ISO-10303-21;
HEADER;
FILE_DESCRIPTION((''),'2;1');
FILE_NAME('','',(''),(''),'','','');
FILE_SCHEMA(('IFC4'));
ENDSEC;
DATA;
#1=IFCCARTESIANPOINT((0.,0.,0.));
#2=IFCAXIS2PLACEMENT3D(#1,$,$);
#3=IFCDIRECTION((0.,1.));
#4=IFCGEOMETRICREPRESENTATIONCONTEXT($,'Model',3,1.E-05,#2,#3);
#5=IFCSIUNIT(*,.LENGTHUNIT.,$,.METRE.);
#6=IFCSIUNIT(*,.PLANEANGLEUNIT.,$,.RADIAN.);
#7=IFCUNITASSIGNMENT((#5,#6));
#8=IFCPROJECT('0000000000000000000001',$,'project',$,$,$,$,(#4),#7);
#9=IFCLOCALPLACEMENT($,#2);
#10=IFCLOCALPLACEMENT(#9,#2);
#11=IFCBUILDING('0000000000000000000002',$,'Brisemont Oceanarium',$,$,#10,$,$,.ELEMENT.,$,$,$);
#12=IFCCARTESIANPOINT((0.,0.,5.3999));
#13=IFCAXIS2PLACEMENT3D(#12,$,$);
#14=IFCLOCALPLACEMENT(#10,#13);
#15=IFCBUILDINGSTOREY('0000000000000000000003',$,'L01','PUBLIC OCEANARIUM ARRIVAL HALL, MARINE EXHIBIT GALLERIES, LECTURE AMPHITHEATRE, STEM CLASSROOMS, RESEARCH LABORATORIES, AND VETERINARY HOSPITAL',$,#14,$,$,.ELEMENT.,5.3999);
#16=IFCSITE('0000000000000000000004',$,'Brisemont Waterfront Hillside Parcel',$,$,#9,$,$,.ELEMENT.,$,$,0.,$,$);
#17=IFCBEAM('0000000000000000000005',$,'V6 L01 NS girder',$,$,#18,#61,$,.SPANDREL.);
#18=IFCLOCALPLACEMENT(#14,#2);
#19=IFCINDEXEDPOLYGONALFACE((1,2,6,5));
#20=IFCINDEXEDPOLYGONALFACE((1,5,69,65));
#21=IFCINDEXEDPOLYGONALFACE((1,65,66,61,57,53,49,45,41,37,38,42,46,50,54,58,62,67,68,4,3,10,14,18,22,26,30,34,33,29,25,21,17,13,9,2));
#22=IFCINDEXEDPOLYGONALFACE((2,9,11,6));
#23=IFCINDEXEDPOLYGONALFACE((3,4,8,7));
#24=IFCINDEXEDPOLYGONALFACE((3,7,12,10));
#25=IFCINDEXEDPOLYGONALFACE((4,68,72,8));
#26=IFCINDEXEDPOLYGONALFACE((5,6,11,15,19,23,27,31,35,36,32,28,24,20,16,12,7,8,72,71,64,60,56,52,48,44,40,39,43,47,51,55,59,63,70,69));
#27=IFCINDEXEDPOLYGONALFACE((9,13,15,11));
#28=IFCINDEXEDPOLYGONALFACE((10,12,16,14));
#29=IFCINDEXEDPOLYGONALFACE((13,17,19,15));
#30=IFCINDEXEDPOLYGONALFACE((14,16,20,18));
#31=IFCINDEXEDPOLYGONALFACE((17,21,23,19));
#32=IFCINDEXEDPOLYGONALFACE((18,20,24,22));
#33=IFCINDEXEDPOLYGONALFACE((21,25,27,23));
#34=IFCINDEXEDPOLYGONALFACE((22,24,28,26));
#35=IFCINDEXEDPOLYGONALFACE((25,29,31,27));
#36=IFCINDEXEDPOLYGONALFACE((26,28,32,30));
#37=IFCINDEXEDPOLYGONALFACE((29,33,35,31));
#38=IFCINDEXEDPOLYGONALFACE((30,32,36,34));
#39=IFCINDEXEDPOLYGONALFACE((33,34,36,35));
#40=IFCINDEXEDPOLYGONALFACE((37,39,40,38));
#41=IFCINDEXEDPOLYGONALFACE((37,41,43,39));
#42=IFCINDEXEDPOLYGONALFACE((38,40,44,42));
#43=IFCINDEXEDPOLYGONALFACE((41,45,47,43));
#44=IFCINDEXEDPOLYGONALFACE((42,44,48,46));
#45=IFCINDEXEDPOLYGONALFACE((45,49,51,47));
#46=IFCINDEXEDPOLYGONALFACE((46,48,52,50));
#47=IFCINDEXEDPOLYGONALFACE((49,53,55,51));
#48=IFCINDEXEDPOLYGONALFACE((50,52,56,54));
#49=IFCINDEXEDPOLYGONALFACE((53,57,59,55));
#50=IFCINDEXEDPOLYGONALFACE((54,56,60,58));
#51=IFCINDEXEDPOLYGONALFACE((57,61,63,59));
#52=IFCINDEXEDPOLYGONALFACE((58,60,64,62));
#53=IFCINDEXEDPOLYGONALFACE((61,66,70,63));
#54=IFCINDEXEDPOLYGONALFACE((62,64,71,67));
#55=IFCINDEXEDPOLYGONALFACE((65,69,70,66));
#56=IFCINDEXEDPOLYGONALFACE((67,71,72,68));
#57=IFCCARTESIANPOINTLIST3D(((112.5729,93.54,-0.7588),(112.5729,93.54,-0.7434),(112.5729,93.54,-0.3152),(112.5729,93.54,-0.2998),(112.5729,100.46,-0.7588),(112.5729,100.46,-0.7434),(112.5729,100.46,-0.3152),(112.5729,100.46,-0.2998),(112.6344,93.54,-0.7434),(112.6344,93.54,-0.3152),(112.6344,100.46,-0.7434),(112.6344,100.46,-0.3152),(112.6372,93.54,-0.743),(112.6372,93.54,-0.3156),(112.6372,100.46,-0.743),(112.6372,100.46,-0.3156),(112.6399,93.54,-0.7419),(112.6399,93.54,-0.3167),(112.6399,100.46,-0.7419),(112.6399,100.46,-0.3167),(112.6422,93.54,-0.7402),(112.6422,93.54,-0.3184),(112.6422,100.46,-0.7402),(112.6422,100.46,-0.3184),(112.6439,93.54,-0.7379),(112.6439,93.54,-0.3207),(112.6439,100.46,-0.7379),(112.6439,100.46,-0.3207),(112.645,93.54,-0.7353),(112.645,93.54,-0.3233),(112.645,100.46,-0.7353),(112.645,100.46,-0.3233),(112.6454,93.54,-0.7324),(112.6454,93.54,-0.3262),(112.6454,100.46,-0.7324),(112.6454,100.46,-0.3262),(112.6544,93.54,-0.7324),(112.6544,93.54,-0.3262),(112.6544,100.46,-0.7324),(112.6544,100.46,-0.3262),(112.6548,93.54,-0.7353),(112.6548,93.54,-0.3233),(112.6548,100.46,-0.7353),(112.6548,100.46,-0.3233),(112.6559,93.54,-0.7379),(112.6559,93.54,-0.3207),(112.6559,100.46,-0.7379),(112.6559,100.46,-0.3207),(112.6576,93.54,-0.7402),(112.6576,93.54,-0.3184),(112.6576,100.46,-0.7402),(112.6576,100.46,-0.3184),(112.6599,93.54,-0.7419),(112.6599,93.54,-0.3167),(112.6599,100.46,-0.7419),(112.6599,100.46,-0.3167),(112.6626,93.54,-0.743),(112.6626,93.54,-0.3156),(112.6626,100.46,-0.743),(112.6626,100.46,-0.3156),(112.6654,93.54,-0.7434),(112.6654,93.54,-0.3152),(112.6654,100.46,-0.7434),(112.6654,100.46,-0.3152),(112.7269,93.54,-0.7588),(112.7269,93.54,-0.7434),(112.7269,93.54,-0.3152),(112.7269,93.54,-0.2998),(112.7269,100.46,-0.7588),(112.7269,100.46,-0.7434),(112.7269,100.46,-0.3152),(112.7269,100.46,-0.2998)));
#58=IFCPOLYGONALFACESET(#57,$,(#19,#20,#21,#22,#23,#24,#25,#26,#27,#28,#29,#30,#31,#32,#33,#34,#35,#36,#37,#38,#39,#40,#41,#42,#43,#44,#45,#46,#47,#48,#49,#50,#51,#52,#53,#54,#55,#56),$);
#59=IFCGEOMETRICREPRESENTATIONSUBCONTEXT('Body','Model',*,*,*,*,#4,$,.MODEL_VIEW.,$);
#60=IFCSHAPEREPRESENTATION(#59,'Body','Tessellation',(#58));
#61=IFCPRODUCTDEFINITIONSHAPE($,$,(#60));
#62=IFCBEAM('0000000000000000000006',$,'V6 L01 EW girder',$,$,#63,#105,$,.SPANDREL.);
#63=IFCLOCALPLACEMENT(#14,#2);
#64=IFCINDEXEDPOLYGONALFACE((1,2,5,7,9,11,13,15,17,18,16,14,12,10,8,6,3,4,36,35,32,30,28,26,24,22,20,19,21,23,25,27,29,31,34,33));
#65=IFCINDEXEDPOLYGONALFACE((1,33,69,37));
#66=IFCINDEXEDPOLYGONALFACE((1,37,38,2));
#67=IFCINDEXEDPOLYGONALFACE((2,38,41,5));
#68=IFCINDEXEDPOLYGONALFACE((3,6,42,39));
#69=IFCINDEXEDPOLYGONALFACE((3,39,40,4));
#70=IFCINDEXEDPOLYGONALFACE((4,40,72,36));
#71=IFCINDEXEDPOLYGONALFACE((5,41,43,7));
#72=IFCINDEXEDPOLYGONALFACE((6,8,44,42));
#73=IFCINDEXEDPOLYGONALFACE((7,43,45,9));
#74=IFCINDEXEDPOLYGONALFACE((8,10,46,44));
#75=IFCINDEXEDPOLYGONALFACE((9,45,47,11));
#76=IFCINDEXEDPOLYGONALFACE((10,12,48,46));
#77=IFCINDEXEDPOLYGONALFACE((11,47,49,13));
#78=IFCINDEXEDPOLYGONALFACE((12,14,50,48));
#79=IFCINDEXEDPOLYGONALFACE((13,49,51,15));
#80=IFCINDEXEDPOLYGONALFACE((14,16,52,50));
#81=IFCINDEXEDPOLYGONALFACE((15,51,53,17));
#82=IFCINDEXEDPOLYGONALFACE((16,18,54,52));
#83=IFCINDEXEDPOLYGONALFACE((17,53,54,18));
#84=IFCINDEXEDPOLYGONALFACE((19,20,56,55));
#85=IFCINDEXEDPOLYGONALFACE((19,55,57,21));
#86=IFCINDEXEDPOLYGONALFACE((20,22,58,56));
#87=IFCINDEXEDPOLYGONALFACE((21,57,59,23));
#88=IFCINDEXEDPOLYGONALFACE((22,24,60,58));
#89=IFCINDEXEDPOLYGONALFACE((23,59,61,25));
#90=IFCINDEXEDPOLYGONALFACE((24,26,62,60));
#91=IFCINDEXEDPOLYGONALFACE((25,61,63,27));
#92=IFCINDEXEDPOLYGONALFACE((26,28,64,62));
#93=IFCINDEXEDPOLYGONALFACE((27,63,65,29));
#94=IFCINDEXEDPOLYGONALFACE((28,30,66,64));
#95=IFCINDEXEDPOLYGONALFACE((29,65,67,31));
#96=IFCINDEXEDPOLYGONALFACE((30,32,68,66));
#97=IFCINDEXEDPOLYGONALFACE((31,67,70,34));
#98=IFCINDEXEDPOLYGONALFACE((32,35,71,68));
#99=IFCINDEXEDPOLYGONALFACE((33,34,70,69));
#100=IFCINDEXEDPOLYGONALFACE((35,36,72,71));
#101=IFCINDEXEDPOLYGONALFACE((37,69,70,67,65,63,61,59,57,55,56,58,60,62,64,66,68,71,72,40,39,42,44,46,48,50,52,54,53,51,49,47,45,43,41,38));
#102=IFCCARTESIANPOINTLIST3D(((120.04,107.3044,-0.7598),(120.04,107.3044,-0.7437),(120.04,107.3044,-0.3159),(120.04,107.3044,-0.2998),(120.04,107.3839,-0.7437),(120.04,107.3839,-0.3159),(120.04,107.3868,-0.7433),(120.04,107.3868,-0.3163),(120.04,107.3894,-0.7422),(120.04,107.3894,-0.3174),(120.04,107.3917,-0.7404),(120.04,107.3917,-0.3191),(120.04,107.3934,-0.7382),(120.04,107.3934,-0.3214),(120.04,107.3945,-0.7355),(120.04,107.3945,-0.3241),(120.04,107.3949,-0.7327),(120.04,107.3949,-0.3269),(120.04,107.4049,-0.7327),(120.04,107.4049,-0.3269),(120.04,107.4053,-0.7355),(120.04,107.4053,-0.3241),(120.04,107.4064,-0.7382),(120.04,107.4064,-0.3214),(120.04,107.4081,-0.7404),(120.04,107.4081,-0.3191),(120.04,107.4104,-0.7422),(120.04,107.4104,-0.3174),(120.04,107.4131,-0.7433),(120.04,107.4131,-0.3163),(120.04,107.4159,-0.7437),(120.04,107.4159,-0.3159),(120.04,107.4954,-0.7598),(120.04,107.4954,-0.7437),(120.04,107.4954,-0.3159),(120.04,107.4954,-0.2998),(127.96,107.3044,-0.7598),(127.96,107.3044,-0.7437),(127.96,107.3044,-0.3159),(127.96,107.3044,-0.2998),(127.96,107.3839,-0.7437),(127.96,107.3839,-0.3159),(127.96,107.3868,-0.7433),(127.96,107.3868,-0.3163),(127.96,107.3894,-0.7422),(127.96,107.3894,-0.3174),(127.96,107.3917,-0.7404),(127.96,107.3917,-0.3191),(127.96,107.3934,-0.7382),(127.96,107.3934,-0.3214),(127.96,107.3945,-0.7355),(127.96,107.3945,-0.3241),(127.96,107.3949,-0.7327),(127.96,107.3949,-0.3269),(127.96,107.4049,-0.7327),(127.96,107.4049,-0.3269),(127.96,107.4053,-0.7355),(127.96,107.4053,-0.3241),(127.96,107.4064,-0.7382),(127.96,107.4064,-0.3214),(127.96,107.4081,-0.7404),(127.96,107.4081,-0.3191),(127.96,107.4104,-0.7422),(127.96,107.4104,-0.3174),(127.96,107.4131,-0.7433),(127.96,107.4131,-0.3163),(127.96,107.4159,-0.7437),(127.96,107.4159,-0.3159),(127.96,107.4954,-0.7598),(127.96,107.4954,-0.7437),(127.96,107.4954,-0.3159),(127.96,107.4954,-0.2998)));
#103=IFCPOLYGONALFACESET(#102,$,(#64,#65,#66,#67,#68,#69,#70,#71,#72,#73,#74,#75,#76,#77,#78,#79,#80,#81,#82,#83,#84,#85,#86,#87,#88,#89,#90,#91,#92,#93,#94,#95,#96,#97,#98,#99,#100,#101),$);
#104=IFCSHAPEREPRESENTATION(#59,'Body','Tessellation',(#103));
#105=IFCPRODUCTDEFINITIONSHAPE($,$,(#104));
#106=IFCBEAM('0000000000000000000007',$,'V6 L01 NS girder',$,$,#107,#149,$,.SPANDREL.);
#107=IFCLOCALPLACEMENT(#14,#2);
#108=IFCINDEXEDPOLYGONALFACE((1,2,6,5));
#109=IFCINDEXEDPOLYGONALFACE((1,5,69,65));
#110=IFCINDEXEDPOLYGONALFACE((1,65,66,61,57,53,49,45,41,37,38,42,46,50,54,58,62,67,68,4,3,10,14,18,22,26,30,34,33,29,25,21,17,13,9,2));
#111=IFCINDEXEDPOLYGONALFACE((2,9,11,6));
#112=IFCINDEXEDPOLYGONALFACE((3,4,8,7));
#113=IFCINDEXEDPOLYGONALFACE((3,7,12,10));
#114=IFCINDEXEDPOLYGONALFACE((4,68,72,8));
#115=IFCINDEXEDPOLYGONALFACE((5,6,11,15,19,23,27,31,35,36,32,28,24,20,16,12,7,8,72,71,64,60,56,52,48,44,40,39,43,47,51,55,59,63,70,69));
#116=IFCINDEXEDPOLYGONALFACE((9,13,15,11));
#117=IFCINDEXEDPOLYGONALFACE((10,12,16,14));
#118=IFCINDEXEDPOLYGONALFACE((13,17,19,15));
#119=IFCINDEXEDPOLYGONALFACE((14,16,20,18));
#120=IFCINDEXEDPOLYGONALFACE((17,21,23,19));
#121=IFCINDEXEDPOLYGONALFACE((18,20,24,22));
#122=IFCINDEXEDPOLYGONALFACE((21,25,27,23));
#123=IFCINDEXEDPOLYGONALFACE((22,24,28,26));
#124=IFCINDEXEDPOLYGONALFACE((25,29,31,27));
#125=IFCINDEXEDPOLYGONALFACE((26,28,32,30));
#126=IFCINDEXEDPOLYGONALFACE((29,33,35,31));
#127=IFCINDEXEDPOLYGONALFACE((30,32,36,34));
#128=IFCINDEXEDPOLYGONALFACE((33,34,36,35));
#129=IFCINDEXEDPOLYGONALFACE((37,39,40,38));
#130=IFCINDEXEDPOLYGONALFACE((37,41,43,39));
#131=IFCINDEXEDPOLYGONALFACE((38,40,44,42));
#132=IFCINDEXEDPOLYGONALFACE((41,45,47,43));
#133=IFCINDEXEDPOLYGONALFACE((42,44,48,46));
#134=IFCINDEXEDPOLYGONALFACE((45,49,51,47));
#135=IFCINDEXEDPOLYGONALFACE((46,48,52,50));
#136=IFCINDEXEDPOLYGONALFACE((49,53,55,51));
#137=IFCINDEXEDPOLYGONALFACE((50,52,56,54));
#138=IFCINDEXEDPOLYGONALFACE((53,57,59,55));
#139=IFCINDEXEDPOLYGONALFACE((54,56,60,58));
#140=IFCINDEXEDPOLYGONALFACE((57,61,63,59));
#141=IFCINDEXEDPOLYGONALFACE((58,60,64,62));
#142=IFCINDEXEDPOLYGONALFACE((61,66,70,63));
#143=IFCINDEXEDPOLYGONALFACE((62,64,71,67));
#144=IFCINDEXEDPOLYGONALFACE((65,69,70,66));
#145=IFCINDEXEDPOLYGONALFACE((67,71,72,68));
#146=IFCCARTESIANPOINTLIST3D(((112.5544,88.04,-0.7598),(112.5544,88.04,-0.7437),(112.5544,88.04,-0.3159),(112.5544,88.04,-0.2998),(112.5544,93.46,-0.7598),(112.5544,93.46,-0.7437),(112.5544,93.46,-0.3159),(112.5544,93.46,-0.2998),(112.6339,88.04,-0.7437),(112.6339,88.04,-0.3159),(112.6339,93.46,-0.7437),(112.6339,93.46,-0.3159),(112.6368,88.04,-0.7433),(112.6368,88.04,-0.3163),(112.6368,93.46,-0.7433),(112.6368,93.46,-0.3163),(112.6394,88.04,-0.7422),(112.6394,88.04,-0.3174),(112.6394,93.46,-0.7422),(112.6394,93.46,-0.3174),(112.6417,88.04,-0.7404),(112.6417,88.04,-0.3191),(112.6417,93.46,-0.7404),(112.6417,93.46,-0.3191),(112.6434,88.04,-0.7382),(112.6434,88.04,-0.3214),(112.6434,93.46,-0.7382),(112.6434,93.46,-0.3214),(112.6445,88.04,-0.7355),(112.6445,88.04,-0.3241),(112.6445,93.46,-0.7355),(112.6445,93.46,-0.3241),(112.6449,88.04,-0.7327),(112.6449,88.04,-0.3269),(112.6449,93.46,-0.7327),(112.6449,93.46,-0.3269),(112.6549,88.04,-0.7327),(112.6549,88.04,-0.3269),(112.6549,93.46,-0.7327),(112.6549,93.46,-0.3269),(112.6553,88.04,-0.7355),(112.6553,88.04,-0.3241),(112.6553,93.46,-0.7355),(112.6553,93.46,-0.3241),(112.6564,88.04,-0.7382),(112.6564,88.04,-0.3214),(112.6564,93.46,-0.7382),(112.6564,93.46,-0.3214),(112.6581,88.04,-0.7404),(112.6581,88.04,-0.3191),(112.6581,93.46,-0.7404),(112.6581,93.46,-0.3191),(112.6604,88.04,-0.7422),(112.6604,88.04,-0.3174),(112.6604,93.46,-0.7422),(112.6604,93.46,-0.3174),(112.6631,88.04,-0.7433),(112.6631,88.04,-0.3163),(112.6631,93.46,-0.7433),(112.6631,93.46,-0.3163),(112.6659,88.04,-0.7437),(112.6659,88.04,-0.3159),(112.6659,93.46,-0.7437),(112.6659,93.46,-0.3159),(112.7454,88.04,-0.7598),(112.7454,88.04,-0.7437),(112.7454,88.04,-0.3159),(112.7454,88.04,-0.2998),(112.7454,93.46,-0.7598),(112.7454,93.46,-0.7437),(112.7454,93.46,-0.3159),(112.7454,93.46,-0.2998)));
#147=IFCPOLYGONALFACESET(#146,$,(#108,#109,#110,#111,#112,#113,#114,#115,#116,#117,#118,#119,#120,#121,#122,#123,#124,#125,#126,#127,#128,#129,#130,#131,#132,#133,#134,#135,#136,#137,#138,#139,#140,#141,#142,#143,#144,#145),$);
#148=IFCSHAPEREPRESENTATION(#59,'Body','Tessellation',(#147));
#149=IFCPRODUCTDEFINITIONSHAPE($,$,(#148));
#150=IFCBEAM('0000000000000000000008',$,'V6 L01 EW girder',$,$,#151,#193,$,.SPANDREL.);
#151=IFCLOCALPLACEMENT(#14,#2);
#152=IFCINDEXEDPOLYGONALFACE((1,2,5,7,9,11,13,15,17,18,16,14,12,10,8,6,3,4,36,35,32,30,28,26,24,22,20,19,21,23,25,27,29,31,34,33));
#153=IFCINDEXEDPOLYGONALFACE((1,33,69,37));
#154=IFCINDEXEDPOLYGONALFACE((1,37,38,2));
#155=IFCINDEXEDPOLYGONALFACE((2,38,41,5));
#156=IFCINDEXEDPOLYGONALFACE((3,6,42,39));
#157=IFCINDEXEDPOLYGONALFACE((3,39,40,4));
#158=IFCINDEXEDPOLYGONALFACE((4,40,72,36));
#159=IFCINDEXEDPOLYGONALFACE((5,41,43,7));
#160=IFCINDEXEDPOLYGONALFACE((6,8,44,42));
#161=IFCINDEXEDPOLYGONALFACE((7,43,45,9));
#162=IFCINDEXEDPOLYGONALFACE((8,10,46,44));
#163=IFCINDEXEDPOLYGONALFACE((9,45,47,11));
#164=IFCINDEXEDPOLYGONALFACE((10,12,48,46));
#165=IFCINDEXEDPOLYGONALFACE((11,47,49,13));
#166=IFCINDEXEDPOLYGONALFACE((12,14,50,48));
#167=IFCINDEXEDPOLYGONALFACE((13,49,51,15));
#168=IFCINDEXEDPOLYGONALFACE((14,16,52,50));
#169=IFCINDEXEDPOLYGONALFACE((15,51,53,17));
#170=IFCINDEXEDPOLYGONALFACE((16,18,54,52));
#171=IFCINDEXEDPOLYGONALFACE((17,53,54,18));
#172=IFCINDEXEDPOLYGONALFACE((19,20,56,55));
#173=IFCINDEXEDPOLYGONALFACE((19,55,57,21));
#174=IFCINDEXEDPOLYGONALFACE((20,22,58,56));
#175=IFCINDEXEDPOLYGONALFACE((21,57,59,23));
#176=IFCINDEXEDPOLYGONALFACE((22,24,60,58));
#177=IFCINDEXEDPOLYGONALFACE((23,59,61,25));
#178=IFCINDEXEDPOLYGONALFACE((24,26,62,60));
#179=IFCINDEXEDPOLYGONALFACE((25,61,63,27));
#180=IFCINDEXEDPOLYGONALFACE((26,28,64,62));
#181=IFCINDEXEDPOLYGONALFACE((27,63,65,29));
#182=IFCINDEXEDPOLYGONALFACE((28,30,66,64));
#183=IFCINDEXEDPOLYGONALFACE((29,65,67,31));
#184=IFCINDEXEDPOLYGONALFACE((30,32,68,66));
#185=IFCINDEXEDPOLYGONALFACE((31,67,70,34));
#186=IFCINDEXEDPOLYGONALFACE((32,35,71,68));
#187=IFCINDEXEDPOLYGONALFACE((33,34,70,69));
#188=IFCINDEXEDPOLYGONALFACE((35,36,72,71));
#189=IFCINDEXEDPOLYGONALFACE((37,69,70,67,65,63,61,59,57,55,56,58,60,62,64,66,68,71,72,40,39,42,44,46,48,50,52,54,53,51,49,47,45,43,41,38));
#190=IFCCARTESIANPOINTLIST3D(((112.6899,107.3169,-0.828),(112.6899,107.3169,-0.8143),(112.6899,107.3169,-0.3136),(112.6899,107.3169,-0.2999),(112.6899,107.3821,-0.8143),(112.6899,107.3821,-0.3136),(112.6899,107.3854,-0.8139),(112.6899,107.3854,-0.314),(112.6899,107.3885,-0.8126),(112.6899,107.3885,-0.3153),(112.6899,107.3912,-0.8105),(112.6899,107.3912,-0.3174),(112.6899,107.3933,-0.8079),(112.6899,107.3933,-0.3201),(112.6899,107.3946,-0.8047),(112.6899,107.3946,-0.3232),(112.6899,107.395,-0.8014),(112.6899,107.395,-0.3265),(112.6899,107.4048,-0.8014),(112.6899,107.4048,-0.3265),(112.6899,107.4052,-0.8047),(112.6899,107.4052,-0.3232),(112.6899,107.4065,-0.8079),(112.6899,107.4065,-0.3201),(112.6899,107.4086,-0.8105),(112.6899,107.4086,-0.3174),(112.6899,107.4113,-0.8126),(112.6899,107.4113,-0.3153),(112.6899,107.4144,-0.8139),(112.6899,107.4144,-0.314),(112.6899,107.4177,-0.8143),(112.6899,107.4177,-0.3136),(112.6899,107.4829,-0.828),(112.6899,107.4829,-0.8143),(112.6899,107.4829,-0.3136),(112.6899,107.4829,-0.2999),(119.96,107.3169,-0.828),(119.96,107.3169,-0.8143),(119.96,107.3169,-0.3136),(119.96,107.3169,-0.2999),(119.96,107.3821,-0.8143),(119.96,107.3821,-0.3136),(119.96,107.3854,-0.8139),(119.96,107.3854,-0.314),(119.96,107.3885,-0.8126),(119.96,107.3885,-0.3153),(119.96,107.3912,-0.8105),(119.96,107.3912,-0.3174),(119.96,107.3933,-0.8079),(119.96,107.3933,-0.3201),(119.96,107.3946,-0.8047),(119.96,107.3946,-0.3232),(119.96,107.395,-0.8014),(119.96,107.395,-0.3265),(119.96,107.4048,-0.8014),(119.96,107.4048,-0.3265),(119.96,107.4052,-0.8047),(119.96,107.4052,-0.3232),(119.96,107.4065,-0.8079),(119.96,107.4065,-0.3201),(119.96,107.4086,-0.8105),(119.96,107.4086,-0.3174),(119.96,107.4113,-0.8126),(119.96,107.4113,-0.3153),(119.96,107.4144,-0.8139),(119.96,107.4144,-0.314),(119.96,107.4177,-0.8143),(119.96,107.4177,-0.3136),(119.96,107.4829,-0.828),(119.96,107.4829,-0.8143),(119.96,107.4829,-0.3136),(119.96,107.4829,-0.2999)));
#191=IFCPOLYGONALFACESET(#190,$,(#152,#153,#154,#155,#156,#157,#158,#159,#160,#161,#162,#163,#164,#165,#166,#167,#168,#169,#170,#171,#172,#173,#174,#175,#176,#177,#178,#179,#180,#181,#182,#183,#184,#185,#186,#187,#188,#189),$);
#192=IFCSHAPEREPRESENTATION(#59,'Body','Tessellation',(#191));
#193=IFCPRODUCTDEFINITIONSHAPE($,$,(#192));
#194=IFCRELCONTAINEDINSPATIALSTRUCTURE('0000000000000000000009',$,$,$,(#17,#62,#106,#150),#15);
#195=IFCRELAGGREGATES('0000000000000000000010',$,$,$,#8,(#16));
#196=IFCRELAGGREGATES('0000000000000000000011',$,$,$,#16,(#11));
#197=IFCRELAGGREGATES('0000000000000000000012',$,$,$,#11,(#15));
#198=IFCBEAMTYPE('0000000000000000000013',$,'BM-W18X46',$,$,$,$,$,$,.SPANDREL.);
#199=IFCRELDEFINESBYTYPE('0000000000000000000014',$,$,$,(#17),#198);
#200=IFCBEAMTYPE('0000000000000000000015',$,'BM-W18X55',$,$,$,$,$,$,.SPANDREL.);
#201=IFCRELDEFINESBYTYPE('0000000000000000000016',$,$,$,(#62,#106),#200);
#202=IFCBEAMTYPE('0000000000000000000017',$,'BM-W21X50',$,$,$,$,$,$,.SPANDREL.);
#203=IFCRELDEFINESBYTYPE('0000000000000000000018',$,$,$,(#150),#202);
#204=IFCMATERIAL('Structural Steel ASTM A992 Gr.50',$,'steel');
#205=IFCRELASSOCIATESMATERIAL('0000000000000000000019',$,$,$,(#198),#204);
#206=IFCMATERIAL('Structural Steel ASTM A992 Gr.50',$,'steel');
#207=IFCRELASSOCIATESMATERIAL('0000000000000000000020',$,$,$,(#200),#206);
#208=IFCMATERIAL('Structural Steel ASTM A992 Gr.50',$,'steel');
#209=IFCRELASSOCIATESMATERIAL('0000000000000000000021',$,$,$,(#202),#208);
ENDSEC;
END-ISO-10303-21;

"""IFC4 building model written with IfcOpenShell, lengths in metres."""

from ifc_helpers import new_model, si_unit, direction, frame, origin, origin_2d, place, context, subcontext, project, spatial, i_section, extrude, material, material_profile, profile_set, type_object, element, save


model = new_model("IFC4")

# Units and contexts
model_context = context("Model", 3, precision=1e-05, world=origin(), true_north=direction((0.0, 1.0)))
body_context = subcontext(model_context, "Body", "Model", "MODEL_VIEW")
ifc_project = project(units=[si_unit("LENGTHUNIT", "METRE"), si_unit("PLANEANGLEUNIT", "RADIAN")], contexts=[model_context])

# Site, building, storey
site_placement = place(None, origin())
site = spatial("IfcSite", under=ifc_project, at=site_placement, Name="Brisemont Waterfront Hillside Parcel", CompositionType="ELEMENT", RefElevation=0.0)
building_placement = place(site_placement, origin())
building = spatial("IfcBuilding", under=site, at=building_placement, Name="Brisemont Oceanarium", CompositionType="ELEMENT")
storey_placement = place(building_placement, frame((0.0, 0.0, 5.3999)))
storey = spatial("IfcBuildingStorey", under=building, at=storey_placement, Name="L01", Description="PUBLIC OCEANARIUM ARRIVAL HALL, MARINE EXHIBIT GALLERIES, LECTURE AMPHITHEATRE, STEM CLASSROOMS, RESEARCH LABORATORIES, AND VETERINARY HOSPITAL", CompositionType="ELEMENT", Elevation=5.3999)

# Beams
ifc_material_1 = material(Name="Structural Steel ASTM A992 Gr.50", Category="steel")
ifc_material_profile_1 = material_profile(ifc_material_1, i_section(OverallWidth=0.1541, OverallDepth=0.459, WebThickness=0.009, FlangeThickness=0.0154, FilletRadius=0.011, at=origin_2d()), Name="W18X46")
ifc_profile_set_1 = profile_set([ifc_material_profile_1], Name="Structural Steel ASTM A992 Gr.50")
beam_type_1 = type_object("IfcBeamType", Name="BM-W18X46", PredefinedType="SPANDREL", material=ifc_profile_set_1)
beam_1_placement = place(storey_placement, frame((112.6499, 93.54, -0.5293), z_axis=(0.0, 1.0, 0.0), x_axis=(-1.0, 0.0, 0.0)))
element("IfcBeam", 1, at=beam_1_placement, inside=storey, type_object=beam_type_1, Name="V6 L01 NS girder", PredefinedType="SPANDREL", context=body_context, shape_type="SweptSolid", body=[
    extrude(i_section(OverallWidth=0.1541, OverallDepth=0.459, WebThickness=0.009, FlangeThickness=0.0154, FilletRadius=0.011, at=origin_2d()), origin(), (0.0, 0.0, 1.0), 6.9199),
])
ifc_material_2 = material(Name="Structural Steel ASTM A992 Gr.50", Category="steel")
ifc_material_profile_2 = material_profile(ifc_material_2, i_section(OverallWidth=0.1909, OverallDepth=0.46, WebThickness=0.01, FlangeThickness=0.0161, FilletRadius=0.011, at=origin_2d()), Name="W18X55")
ifc_profile_set_2 = profile_set([ifc_material_profile_2], Name="Structural Steel ASTM A992 Gr.50")
beam_type_2 = type_object("IfcBeamType", Name="BM-W18X55", PredefinedType="SPANDREL", material=ifc_profile_set_2)
beam_2_placement = place(storey_placement, frame((120.04, 107.3999, -0.5298), z_axis=(1.0, 0.0, 0.0), x_axis=(0.0, 1.0, 0.0)))
element("IfcBeam", 2, at=beam_2_placement, inside=storey, type_object=beam_type_2, Name="V6 L01 EW girder", PredefinedType="SPANDREL", context=body_context, shape_type="SweptSolid", body=[
    extrude(i_section(OverallWidth=0.1909, OverallDepth=0.46, WebThickness=0.01, FlangeThickness=0.0161, FilletRadius=0.011, at=origin_2d()), origin(), (0.0, 0.0, 1.0), 7.9199),
])
beam_3_placement = place(storey_placement, frame((112.6499, 88.04, -0.5298), z_axis=(0.0, 1.0, 0.0), x_axis=(-1.0, 0.0, 0.0)))
element("IfcBeam", 3, at=beam_3_placement, inside=storey, type_object=beam_type_2, Name="V6 L01 NS girder", PredefinedType="SPANDREL", context=body_context, shape_type="SweptSolid", body=[
    extrude(i_section(OverallWidth=0.1909, OverallDepth=0.46, WebThickness=0.01, FlangeThickness=0.0161, FilletRadius=0.011, at=origin_2d()), origin(), (0.0, 0.0, 1.0), 5.4199),
])
ifc_material_3 = material(Name="Structural Steel ASTM A992 Gr.50", Category="steel")
ifc_material_profile_3 = material_profile(ifc_material_3, i_section(OverallWidth=0.166, OverallDepth=0.5281, WebThickness=0.0098, FlangeThickness=0.0137, FilletRadius=0.0129, at=origin_2d()), Name="W21X50")
ifc_profile_set_3 = profile_set([ifc_material_profile_3], Name="Structural Steel ASTM A992 Gr.50")
beam_type_3 = type_object("IfcBeamType", Name="BM-W21X50", PredefinedType="SPANDREL", material=ifc_profile_set_3)
beam_4_placement = place(storey_placement, frame((112.6899, 107.3999, -0.564), z_axis=(1.0, 0.0, 0.0), x_axis=(0.0, 1.0, 0.0)))
element("IfcBeam", 4, at=beam_4_placement, inside=storey, type_object=beam_type_3, Name="V6 L01 EW girder", PredefinedType="SPANDREL", context=body_context, shape_type="SweptSolid", body=[
    extrude(i_section(OverallWidth=0.166, OverallDepth=0.5281, WebThickness=0.0098, FlangeThickness=0.0137, FilletRadius=0.0129, at=origin_2d()), origin(), (0.0, 0.0, 1.0), 7.27),
])

save(model, "model.ifc")
